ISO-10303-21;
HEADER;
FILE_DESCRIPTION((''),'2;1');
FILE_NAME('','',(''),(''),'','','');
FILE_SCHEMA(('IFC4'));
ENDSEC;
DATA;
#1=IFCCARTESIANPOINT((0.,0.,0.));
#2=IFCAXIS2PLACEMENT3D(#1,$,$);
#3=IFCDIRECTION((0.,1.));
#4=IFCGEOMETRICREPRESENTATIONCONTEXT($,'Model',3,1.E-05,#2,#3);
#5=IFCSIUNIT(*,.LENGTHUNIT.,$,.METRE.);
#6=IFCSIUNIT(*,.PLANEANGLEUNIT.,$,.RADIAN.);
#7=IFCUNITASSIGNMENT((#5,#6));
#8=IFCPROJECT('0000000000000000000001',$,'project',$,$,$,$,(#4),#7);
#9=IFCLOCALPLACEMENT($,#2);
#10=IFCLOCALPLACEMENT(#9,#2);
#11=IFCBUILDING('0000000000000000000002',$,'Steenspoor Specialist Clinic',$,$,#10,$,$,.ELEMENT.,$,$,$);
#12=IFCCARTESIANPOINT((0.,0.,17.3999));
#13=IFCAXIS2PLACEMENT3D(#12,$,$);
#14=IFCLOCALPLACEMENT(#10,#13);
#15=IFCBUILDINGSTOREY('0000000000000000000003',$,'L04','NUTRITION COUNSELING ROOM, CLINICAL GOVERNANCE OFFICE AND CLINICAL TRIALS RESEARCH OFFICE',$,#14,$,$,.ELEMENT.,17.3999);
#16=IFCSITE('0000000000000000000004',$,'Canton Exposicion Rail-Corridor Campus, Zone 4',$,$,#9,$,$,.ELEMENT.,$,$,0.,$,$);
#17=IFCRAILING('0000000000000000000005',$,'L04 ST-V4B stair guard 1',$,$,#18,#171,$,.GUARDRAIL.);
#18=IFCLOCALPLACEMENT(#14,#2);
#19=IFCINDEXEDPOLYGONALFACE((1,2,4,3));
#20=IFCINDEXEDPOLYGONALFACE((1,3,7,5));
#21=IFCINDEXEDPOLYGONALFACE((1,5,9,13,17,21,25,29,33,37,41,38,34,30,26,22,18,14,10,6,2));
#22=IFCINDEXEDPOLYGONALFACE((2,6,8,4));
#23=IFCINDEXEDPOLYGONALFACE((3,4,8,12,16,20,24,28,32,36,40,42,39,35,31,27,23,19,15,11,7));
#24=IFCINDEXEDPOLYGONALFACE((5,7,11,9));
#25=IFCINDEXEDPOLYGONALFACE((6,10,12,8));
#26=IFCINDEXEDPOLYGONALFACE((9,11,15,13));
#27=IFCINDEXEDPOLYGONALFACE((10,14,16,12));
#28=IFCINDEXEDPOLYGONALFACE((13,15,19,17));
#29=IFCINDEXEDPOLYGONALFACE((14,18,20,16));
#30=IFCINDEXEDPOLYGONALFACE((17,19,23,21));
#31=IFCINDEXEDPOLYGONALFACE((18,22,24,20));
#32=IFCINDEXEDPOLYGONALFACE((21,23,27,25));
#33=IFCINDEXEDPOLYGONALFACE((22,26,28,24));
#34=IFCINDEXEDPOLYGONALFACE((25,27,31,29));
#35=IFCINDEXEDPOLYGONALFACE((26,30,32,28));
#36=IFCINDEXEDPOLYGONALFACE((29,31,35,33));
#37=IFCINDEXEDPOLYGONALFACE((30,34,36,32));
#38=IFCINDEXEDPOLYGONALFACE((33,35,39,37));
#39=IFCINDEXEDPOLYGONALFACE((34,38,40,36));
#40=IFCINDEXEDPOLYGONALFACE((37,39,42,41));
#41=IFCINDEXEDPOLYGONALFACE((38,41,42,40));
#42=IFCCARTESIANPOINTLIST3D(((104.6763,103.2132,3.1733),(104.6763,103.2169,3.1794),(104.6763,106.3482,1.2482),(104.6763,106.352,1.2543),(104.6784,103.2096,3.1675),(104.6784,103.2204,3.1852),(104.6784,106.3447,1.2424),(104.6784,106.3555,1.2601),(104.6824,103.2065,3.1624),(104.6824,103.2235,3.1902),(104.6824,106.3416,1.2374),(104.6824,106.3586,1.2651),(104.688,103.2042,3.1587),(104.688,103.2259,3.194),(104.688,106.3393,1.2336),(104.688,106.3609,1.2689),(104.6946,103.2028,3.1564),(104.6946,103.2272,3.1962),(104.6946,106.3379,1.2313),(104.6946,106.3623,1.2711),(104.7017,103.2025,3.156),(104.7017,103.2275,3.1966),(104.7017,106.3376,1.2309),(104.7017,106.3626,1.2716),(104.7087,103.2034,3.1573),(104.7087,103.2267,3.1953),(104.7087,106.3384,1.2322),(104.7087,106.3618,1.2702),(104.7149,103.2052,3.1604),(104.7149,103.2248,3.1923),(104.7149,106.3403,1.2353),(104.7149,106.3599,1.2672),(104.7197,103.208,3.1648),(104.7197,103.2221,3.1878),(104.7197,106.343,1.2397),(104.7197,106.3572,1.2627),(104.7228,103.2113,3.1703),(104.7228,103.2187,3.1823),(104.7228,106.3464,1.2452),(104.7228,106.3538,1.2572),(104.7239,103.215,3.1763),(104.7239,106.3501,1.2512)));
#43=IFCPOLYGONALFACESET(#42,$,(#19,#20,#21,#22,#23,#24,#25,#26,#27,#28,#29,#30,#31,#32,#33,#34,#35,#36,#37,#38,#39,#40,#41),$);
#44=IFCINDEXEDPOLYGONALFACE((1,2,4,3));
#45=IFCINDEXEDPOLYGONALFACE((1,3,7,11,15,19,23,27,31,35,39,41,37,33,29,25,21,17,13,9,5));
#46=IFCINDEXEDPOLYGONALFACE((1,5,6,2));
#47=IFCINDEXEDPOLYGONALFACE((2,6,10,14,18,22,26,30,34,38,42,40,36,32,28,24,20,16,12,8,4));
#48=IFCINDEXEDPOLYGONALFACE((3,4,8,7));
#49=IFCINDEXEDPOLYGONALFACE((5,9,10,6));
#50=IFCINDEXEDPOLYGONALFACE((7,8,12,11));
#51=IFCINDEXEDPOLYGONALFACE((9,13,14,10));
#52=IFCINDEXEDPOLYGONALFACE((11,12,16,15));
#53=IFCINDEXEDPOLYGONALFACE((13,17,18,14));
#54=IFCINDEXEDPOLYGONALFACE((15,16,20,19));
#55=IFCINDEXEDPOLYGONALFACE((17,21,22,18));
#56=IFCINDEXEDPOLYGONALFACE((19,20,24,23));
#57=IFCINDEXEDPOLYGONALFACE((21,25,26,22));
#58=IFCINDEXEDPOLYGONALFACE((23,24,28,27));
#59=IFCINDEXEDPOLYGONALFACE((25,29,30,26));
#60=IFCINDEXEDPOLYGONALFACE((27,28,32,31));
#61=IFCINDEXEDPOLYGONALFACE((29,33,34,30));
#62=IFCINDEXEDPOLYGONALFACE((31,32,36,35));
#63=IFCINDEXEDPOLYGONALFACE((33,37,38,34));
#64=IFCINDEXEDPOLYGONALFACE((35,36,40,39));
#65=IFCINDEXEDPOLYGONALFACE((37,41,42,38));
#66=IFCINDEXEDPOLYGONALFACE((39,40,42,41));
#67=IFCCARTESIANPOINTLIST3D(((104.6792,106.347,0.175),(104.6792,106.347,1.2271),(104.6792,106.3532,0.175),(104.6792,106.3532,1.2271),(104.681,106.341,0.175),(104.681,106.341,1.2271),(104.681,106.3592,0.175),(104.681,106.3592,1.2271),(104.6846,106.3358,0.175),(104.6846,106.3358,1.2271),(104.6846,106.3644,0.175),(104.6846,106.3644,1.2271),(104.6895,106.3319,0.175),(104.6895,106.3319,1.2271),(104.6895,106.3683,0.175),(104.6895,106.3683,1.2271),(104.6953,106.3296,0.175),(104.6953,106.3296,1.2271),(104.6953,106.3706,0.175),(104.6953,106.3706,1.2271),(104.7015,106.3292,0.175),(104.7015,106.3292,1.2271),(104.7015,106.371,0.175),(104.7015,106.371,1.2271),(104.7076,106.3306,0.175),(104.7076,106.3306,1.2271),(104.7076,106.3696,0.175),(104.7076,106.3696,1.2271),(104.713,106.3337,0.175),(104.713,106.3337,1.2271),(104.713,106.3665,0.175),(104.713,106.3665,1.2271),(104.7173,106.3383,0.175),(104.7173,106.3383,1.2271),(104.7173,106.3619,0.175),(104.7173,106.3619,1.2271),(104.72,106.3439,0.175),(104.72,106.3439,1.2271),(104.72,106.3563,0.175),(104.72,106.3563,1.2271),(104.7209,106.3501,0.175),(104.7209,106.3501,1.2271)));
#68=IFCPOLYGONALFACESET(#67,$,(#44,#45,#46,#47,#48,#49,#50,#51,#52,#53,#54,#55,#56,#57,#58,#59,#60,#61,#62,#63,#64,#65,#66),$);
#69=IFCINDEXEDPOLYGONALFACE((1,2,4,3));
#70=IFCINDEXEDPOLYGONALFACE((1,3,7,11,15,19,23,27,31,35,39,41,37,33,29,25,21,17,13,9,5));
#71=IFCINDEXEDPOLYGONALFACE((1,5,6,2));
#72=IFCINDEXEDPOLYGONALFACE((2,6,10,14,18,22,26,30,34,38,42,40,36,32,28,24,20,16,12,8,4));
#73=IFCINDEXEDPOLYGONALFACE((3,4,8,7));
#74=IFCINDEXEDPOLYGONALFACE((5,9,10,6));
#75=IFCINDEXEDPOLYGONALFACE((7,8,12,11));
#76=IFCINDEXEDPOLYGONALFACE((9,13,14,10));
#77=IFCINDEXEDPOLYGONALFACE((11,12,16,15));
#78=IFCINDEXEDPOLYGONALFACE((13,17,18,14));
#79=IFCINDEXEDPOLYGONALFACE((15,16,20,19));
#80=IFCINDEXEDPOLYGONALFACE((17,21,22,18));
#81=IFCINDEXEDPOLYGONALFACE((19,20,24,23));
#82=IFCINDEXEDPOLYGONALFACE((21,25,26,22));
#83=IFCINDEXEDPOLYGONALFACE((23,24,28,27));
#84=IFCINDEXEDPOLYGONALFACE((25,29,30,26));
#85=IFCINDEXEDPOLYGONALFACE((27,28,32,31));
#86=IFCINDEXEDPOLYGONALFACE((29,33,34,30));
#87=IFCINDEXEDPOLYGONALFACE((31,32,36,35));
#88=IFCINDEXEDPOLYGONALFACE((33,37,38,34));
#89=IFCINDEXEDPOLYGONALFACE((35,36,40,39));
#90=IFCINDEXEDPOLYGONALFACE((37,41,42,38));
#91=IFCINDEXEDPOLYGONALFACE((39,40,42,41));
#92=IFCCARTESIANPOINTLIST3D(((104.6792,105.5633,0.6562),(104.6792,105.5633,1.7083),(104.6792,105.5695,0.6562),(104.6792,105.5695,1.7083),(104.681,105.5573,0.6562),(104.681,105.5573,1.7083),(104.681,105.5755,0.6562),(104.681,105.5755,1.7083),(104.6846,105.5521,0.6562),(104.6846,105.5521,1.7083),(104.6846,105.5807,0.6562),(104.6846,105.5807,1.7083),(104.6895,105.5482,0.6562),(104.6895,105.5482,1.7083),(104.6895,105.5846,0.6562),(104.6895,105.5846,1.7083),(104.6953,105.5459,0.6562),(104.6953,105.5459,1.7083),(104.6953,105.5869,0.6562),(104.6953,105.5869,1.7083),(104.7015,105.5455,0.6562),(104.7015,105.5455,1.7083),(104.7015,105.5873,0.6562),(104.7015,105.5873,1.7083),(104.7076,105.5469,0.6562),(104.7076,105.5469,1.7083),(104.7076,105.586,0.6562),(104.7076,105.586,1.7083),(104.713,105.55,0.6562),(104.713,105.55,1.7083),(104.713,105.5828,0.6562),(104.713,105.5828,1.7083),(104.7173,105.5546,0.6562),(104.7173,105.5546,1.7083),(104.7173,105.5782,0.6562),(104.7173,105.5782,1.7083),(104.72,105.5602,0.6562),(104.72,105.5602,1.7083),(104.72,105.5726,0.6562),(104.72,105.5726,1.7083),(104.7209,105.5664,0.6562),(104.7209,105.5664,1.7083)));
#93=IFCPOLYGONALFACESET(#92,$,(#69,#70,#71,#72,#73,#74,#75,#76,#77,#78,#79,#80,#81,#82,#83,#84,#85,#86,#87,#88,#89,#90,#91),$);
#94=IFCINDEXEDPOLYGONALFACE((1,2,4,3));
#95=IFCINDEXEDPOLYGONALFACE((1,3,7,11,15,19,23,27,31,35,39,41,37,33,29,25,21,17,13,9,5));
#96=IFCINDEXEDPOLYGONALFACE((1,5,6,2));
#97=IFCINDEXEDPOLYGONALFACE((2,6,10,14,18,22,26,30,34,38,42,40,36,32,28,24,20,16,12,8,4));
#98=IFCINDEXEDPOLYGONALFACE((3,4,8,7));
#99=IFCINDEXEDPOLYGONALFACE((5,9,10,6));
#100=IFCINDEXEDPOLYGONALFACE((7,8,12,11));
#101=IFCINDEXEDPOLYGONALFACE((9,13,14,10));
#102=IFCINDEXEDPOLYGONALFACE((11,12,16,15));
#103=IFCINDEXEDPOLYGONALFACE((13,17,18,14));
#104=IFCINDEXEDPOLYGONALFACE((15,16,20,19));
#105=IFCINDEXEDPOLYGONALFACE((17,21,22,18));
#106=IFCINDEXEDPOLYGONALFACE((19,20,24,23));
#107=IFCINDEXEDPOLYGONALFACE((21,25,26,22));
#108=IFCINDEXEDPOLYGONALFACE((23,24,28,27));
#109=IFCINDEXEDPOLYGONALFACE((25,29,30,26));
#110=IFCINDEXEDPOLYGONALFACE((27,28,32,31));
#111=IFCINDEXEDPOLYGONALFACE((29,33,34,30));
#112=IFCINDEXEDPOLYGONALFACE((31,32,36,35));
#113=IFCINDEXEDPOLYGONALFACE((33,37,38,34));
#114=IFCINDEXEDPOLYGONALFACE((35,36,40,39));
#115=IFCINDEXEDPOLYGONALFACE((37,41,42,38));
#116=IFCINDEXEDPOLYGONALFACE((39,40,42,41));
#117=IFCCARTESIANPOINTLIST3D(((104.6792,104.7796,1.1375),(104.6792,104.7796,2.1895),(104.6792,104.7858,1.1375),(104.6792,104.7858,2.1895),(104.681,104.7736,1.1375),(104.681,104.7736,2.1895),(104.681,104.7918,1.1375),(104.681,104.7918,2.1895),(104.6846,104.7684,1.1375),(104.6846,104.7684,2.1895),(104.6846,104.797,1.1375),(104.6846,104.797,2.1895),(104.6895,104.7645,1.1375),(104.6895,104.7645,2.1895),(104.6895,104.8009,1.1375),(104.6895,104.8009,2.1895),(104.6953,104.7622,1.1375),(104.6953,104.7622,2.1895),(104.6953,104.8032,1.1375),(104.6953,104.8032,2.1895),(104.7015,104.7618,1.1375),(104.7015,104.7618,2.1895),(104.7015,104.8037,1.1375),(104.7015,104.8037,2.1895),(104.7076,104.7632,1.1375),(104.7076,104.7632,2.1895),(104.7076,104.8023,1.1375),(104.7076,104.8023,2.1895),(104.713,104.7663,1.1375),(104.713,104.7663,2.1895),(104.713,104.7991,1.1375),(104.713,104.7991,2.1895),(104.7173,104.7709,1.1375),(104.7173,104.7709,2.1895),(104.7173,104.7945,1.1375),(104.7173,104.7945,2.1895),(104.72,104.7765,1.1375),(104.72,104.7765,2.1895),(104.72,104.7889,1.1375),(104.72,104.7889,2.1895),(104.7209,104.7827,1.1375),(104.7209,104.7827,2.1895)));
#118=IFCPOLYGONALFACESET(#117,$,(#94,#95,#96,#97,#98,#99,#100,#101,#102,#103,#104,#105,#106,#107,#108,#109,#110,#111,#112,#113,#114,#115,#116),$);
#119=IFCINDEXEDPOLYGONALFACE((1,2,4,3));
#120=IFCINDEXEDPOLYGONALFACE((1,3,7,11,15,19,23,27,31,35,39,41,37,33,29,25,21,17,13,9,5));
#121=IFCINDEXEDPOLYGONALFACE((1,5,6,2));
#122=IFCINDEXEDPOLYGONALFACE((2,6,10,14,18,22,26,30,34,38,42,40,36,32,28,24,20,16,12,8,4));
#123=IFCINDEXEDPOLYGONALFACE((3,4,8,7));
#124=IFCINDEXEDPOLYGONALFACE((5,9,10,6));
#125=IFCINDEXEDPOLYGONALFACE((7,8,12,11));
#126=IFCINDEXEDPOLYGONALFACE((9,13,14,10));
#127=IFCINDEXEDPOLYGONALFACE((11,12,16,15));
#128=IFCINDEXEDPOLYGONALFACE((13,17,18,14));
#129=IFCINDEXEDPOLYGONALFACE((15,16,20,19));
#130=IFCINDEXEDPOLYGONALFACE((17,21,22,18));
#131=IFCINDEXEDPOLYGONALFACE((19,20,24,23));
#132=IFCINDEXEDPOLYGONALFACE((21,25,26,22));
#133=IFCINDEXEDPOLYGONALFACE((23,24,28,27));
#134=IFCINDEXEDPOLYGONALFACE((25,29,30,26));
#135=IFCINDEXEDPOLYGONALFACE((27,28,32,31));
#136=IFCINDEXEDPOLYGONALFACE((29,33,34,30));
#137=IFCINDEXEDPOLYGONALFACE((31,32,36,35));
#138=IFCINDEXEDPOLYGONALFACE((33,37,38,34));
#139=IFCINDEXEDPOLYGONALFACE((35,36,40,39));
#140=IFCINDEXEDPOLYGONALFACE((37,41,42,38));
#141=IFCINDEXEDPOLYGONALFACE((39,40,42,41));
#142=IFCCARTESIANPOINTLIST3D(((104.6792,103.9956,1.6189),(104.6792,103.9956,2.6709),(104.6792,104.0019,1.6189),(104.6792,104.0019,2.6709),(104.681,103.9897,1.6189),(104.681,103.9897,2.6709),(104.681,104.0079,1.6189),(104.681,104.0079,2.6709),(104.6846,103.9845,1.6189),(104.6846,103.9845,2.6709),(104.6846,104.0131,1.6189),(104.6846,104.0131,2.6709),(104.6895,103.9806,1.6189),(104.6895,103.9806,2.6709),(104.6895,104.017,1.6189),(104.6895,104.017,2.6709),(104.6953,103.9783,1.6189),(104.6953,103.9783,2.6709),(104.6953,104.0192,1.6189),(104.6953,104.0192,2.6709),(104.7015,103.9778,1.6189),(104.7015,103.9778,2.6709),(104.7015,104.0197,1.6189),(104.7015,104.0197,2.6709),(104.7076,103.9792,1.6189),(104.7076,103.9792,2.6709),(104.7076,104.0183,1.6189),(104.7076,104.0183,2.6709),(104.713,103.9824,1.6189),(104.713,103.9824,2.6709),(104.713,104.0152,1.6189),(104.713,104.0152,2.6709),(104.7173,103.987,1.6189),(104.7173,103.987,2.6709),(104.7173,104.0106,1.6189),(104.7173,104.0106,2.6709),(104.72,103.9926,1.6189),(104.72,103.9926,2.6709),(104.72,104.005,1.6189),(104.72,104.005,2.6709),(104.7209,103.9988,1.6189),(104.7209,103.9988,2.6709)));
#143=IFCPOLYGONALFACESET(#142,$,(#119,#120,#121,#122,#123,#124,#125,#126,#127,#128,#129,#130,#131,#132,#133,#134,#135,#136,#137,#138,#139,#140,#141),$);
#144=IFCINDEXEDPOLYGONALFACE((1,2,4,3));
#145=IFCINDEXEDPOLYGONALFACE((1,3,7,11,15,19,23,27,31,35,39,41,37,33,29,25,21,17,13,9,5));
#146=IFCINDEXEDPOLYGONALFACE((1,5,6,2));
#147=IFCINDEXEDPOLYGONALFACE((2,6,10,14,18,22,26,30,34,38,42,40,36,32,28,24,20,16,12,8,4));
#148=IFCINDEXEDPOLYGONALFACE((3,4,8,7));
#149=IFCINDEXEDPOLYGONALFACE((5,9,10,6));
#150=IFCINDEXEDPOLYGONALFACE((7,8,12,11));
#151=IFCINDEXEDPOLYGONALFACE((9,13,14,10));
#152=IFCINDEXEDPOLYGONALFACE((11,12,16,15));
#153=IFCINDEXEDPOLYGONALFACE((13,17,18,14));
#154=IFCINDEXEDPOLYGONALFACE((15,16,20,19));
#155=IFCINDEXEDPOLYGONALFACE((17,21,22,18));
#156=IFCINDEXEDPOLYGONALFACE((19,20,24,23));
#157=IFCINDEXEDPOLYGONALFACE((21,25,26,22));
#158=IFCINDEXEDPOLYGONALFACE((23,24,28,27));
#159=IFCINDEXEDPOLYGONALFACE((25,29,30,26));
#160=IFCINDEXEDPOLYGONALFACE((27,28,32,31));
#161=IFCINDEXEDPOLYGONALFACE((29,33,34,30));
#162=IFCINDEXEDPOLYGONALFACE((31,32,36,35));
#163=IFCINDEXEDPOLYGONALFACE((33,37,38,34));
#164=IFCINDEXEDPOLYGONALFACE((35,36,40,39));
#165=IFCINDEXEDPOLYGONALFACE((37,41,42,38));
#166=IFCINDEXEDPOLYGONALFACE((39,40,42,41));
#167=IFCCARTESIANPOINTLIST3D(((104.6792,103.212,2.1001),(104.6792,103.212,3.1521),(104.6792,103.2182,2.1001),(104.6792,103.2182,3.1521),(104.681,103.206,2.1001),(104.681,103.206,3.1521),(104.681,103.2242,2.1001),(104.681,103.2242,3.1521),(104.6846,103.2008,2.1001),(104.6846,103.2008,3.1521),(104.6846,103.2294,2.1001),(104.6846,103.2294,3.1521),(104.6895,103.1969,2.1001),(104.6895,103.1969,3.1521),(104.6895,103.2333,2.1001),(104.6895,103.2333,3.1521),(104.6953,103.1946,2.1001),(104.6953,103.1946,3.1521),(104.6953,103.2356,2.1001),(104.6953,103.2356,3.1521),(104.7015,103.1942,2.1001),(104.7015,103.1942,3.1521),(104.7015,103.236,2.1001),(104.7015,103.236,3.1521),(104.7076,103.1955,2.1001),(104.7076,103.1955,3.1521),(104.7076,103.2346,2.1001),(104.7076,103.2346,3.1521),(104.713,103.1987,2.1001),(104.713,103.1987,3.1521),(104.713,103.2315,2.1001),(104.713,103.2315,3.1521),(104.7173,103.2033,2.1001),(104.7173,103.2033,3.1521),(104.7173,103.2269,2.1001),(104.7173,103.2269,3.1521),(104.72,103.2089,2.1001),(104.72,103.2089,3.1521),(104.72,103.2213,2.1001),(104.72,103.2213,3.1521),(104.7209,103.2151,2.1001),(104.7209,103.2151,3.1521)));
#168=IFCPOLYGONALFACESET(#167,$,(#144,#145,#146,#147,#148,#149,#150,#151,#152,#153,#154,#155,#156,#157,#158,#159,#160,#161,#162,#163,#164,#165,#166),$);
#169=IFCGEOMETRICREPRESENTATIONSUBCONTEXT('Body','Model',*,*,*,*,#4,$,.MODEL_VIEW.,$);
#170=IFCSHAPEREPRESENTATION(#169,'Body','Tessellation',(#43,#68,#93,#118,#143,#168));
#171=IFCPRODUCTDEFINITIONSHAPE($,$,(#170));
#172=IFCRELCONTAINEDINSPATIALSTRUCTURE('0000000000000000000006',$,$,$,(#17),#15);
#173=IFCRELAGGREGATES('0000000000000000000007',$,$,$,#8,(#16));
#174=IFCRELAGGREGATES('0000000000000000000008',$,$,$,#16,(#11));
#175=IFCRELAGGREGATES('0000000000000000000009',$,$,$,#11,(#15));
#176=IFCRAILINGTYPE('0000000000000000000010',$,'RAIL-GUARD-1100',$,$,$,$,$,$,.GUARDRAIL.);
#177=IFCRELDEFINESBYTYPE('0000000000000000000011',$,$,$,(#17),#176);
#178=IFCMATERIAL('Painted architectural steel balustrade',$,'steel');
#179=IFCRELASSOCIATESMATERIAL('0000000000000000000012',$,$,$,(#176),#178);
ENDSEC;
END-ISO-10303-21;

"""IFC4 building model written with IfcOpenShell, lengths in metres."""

from ifc_helpers import new_model, si_unit, direction, frame, origin, origin_2d, place, context, subcontext, project, spatial, circle, extrude, material, type_object, element, save


model = new_model("IFC4")

# Units and contexts
model_context = context("Model", 3, precision=1e-05, world=origin(), true_north=direction((0.0, 1.0)))
body_context = subcontext(model_context, "Body", "Model", "MODEL_VIEW")
ifc_project = project(units=[si_unit("LENGTHUNIT", "METRE"), si_unit("PLANEANGLEUNIT", "RADIAN")], contexts=[model_context])

# Site, building, storey
site_placement = place(None, origin())
site = spatial("IfcSite", under=ifc_project, at=site_placement, Name="Canton Exposicion Rail-Corridor Campus, Zone 4", CompositionType="ELEMENT", RefElevation=0.0)
building_placement = place(site_placement, origin())
building = spatial("IfcBuilding", under=site, at=building_placement, Name="Steenspoor Specialist Clinic", CompositionType="ELEMENT")
storey_placement = place(building_placement, frame((0.0, 0.0, 17.3999)))
storey = spatial("IfcBuildingStorey", under=building, at=storey_placement, Name="L04", Description="NUTRITION COUNSELING ROOM, CLINICAL GOVERNANCE OFFICE AND CLINICAL TRIALS RESEARCH OFFICE", CompositionType="ELEMENT", Elevation=17.3999)

# Railing
ifc_material_1 = material(Name="Painted architectural steel balustrade", Category="steel")
railing_type_1 = type_object("IfcRailingType", Name="RAIL-GUARD-1100", PredefinedType="GUARDRAIL", material=ifc_material_1)
railing_1_placement = place(storey_placement, frame((104.7, 106.3501, 0.175)))
element("IfcRailing", 1, at=railing_1_placement, inside=storey, type_object=railing_type_1, Name="L04 ST-V4B stair guard 1", PredefinedType="GUARDRAIL", context=body_context, shape_type="SweptSolid", body=[
    extrude(circle(Radius=0.0239, at=origin_2d()), frame((0.0, 0.0, 1.0762), z_axis=(0.0, -0.852166, 0.523271), x_axis=(1.0, 0.0, 0.0)), (0.0, 0.0, 1.0), 3.679),
    extrude(circle(Radius=0.021, at=origin_2d()), origin(), (0.0, 0.0, 1.0), 1.052),
    extrude(circle(Radius=0.021, at=origin_2d()), frame((0.0, -0.7837, 0.4812)), (0.0, 0.0, 1.0), 1.052),
    extrude(circle(Radius=0.021, at=origin_2d()), frame((0.0, -1.5674, 0.9624)), (0.0, 0.0, 1.0), 1.052),
    extrude(circle(Radius=0.021, at=origin_2d()), frame((0.0, -2.3513, 1.4438)), (0.0, 0.0, 1.0), 1.052),
    extrude(circle(Radius=0.021, at=origin_2d()), frame((0.0, -3.135, 1.925)), (0.0, 0.0, 1.0), 1.052),
])

save(model, "model.ifc")
